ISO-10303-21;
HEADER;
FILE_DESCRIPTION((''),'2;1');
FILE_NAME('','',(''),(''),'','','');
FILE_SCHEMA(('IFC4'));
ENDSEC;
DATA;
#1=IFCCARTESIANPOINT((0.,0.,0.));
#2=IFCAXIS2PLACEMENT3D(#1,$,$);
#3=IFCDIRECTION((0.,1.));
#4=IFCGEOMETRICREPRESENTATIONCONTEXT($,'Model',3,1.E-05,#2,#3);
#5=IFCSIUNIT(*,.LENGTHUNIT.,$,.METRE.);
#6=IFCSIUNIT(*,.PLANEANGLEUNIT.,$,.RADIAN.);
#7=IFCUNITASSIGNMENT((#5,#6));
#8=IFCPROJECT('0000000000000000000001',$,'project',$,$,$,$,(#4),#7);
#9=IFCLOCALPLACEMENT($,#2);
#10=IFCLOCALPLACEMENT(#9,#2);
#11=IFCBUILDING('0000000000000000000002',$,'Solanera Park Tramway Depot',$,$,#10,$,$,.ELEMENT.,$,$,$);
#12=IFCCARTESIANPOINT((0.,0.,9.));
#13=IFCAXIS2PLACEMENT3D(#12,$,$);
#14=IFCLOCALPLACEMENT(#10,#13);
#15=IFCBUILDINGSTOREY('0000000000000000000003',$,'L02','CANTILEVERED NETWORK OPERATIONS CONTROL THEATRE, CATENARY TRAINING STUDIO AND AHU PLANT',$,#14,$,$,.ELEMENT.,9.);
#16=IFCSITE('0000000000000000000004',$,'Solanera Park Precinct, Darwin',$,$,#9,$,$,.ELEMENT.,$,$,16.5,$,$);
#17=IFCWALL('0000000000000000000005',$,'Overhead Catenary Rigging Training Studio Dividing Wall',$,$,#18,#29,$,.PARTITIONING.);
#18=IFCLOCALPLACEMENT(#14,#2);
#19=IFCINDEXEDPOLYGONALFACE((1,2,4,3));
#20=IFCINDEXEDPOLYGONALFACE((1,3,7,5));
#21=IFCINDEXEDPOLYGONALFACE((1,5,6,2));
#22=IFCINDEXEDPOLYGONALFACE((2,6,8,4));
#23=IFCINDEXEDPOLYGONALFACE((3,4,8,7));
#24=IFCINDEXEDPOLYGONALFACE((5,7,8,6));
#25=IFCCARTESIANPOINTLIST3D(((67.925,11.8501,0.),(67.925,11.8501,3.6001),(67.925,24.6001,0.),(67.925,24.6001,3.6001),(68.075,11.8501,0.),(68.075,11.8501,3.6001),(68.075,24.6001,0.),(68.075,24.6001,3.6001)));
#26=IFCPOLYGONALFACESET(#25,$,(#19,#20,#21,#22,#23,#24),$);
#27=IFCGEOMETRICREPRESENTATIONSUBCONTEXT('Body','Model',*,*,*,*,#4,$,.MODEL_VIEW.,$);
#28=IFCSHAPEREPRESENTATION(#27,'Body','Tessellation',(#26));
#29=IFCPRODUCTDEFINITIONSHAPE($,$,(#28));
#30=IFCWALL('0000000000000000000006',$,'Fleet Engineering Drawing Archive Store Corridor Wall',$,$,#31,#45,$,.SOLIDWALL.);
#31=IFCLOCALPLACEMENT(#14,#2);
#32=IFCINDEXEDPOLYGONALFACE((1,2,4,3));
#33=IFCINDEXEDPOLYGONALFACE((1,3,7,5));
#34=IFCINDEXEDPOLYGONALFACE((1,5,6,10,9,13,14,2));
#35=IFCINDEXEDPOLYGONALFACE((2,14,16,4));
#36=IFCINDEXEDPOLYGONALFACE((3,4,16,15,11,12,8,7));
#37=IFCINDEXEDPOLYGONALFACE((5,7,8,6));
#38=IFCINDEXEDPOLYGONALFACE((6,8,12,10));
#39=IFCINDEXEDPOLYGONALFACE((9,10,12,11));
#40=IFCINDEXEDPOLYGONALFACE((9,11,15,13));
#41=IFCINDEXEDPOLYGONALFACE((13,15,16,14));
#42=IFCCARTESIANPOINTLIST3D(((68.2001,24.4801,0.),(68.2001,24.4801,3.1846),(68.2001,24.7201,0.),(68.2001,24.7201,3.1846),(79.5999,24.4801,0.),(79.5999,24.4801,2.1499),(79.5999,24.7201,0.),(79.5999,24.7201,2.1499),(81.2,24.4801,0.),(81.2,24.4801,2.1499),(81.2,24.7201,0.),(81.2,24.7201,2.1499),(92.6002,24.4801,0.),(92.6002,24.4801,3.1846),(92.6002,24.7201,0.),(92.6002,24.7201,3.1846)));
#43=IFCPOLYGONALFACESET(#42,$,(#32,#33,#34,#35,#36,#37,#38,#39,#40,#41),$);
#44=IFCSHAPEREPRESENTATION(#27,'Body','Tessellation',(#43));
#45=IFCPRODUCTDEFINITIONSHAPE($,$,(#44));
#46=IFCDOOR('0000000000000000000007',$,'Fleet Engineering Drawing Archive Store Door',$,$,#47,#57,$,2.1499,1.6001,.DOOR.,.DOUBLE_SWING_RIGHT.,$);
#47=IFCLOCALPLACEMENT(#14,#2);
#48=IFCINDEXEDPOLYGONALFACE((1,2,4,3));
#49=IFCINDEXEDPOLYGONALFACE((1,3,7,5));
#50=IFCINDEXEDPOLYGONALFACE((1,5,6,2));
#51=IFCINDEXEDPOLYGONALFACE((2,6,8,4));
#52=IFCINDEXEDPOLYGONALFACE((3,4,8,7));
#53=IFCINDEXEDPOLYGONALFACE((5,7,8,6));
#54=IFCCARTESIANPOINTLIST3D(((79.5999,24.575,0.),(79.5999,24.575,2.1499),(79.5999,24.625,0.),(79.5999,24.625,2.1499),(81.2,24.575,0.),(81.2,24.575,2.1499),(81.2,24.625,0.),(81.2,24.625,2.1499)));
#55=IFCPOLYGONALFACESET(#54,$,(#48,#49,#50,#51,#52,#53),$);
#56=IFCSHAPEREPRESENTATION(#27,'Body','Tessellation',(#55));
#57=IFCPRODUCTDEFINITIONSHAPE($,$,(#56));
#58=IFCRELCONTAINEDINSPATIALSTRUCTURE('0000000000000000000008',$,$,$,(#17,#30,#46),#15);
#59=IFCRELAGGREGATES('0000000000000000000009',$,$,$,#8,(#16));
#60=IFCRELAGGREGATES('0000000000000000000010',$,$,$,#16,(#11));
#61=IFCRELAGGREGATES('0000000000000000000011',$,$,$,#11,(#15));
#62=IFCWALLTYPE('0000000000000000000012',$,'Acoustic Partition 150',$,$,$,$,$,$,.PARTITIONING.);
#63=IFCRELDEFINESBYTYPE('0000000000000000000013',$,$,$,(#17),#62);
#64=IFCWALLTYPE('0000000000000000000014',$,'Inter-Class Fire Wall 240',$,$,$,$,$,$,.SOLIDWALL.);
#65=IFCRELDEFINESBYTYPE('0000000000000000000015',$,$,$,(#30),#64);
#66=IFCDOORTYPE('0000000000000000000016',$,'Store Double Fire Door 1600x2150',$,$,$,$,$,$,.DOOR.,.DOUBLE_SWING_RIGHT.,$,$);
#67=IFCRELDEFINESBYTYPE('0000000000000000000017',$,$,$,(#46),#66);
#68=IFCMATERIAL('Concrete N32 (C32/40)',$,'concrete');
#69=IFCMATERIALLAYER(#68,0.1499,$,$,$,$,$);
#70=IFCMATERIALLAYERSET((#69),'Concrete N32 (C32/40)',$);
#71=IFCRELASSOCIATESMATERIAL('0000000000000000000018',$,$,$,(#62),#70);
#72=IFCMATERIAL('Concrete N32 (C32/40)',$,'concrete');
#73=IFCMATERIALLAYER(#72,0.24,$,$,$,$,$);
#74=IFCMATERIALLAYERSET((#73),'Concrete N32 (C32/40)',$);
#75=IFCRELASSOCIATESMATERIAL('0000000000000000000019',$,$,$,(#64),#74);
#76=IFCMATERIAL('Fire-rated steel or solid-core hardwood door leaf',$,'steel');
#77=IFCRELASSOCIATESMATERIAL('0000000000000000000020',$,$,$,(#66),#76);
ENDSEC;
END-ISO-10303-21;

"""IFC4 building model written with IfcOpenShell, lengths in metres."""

from ifc_helpers import new_model, si_unit, direction, frame, frame_2d, origin, place, context, subcontext, project, spatial, rectangle, extrude, material, layer, layer_set, type_object, element, fill, save


model = new_model("IFC4")

# Units and contexts
model_context = context("Model", 3, precision=1e-05, world=origin(), true_north=direction((0.0, 1.0)))
body_context = subcontext(model_context, "Body", "Model", "MODEL_VIEW")
ifc_project = project(units=[si_unit("LENGTHUNIT", "METRE"), si_unit("PLANEANGLEUNIT", "RADIAN")], contexts=[model_context])

# Site, building, storey
site_placement = place(None, origin())
site = spatial("IfcSite", under=ifc_project, at=site_placement, Name="Solanera Park Precinct, Darwin", CompositionType="ELEMENT", RefElevation=16.5)
building_placement = place(site_placement, origin())
building = spatial("IfcBuilding", under=site, at=building_placement, Name="Solanera Park Tramway Depot", CompositionType="ELEMENT")
storey_placement = place(building_placement, frame((0.0, 0.0, 9.0)))
storey = spatial("IfcBuildingStorey", under=building, at=storey_placement, Name="L02", Description="CANTILEVERED NETWORK OPERATIONS CONTROL THEATRE, CATENARY TRAINING STUDIO AND AHU PLANT", CompositionType="ELEMENT", Elevation=9.0)

# Wall
ifc_material_1 = material(Name="Concrete N32 (C32/40)", Category="concrete")
ifc_layer_1 = layer(ifc_material_1, 0.1499)
ifc_layer_set_1 = layer_set([ifc_layer_1], Name="Concrete N32 (C32/40)")
wall_type_1 = type_object("IfcWallType", Name="Acoustic Partition 150", PredefinedType="PARTITIONING", material=ifc_layer_set_1)
wall_1_placement = place(storey_placement, frame((68.0, 11.8501, 0.0), z_axis=(0.0, 0.0, 1.0), x_axis=(0.0, 1.0, 0.0)))
element("IfcWall", 1, at=wall_1_placement, inside=storey, type_object=wall_type_1, Name="Overhead Catenary Rigging Training Studio Dividing Wall", PredefinedType="PARTITIONING", context=body_context, shape_type="SweptSolid", body=[
    extrude(rectangle(XDim=12.75, YDim=0.1499, at=frame_2d((6.375, 0.0))), origin(), (0.0, 0.0, 1.0), 3.6001),
])

# Wall, opening, door
ifc_material_2 = material(Name="Concrete N32 (C32/40)", Category="concrete")
ifc_layer_2 = layer(ifc_material_2, 0.24)
ifc_layer_set_2 = layer_set([ifc_layer_2], Name="Concrete N32 (C32/40)")
wall_type_2 = type_object("IfcWallType", Name="Inter-Class Fire Wall 240", PredefinedType="SOLIDWALL", material=ifc_layer_set_2)
wall_2_placement = place(storey_placement, frame((68.2, 24.6001, 0.0), z_axis=(0.0, 0.0, 1.0), x_axis=(1.0, 0.0, 0.0)))
wall_2 = element("IfcWall", 2, at=wall_2_placement, inside=storey, type_object=wall_type_2, Name="Fleet Engineering Drawing Archive Store Corridor Wall", PredefinedType="SOLIDWALL", context=body_context, shape_type="SweptSolid", body=[
    extrude(rectangle(XDim=24.4001, YDim=0.24, at=frame_2d((12.2002, 0.0))), origin(), (0.0, 0.0, 1.0), 3.1846),
])
opening_placement = place(wall_2_placement, frame((11.3999, 0.0, 0.0)))
opening = element("IfcOpeningElement", 3, at=opening_placement, cuts=wall_2, PredefinedType="OPENING", context=body_context, shape_type="SweptSolid", body=[
    extrude(rectangle(XDim=1.6001, YDim=2.1499, at=frame_2d((0.8, 1.075))), frame((0.0, 0.1299, 0.0), z_axis=(0.0, -1.0, 0.0), x_axis=(1.0, 0.0, 0.0)), (0.0, 0.0, 1.0), 0.26),
])
ifc_material_3 = material(Name="Fire-rated steel or solid-core hardwood door leaf", Category="steel")
door_type = type_object("IfcDoorType", Name="Store Double Fire Door 1600x2150", OperationType="DOUBLE_SWING_RIGHT", PredefinedType="DOOR", material=ifc_material_3)
door_placement = place(opening_placement, origin())
door = element("IfcDoor", 4, at=door_placement, inside=storey, type_object=door_type, Name="Fleet Engineering Drawing Archive Store Door", OperationType="DOUBLE_SWING_RIGHT", OverallHeight=2.1499, OverallWidth=1.6001, PredefinedType="DOOR", context=body_context, shape_type="SweptSolid", body=[
    extrude(rectangle(XDim=1.6001, YDim=2.1499, at=frame_2d((0.8, 1.075))), frame((0.0, 0.0249, 0.0), z_axis=(0.0, -1.0, 0.0), x_axis=(1.0, 0.0, 0.0)), (0.0, 0.0, 1.0), 0.05),
])
fill(opening, door)

save(model, "model.ifc")
